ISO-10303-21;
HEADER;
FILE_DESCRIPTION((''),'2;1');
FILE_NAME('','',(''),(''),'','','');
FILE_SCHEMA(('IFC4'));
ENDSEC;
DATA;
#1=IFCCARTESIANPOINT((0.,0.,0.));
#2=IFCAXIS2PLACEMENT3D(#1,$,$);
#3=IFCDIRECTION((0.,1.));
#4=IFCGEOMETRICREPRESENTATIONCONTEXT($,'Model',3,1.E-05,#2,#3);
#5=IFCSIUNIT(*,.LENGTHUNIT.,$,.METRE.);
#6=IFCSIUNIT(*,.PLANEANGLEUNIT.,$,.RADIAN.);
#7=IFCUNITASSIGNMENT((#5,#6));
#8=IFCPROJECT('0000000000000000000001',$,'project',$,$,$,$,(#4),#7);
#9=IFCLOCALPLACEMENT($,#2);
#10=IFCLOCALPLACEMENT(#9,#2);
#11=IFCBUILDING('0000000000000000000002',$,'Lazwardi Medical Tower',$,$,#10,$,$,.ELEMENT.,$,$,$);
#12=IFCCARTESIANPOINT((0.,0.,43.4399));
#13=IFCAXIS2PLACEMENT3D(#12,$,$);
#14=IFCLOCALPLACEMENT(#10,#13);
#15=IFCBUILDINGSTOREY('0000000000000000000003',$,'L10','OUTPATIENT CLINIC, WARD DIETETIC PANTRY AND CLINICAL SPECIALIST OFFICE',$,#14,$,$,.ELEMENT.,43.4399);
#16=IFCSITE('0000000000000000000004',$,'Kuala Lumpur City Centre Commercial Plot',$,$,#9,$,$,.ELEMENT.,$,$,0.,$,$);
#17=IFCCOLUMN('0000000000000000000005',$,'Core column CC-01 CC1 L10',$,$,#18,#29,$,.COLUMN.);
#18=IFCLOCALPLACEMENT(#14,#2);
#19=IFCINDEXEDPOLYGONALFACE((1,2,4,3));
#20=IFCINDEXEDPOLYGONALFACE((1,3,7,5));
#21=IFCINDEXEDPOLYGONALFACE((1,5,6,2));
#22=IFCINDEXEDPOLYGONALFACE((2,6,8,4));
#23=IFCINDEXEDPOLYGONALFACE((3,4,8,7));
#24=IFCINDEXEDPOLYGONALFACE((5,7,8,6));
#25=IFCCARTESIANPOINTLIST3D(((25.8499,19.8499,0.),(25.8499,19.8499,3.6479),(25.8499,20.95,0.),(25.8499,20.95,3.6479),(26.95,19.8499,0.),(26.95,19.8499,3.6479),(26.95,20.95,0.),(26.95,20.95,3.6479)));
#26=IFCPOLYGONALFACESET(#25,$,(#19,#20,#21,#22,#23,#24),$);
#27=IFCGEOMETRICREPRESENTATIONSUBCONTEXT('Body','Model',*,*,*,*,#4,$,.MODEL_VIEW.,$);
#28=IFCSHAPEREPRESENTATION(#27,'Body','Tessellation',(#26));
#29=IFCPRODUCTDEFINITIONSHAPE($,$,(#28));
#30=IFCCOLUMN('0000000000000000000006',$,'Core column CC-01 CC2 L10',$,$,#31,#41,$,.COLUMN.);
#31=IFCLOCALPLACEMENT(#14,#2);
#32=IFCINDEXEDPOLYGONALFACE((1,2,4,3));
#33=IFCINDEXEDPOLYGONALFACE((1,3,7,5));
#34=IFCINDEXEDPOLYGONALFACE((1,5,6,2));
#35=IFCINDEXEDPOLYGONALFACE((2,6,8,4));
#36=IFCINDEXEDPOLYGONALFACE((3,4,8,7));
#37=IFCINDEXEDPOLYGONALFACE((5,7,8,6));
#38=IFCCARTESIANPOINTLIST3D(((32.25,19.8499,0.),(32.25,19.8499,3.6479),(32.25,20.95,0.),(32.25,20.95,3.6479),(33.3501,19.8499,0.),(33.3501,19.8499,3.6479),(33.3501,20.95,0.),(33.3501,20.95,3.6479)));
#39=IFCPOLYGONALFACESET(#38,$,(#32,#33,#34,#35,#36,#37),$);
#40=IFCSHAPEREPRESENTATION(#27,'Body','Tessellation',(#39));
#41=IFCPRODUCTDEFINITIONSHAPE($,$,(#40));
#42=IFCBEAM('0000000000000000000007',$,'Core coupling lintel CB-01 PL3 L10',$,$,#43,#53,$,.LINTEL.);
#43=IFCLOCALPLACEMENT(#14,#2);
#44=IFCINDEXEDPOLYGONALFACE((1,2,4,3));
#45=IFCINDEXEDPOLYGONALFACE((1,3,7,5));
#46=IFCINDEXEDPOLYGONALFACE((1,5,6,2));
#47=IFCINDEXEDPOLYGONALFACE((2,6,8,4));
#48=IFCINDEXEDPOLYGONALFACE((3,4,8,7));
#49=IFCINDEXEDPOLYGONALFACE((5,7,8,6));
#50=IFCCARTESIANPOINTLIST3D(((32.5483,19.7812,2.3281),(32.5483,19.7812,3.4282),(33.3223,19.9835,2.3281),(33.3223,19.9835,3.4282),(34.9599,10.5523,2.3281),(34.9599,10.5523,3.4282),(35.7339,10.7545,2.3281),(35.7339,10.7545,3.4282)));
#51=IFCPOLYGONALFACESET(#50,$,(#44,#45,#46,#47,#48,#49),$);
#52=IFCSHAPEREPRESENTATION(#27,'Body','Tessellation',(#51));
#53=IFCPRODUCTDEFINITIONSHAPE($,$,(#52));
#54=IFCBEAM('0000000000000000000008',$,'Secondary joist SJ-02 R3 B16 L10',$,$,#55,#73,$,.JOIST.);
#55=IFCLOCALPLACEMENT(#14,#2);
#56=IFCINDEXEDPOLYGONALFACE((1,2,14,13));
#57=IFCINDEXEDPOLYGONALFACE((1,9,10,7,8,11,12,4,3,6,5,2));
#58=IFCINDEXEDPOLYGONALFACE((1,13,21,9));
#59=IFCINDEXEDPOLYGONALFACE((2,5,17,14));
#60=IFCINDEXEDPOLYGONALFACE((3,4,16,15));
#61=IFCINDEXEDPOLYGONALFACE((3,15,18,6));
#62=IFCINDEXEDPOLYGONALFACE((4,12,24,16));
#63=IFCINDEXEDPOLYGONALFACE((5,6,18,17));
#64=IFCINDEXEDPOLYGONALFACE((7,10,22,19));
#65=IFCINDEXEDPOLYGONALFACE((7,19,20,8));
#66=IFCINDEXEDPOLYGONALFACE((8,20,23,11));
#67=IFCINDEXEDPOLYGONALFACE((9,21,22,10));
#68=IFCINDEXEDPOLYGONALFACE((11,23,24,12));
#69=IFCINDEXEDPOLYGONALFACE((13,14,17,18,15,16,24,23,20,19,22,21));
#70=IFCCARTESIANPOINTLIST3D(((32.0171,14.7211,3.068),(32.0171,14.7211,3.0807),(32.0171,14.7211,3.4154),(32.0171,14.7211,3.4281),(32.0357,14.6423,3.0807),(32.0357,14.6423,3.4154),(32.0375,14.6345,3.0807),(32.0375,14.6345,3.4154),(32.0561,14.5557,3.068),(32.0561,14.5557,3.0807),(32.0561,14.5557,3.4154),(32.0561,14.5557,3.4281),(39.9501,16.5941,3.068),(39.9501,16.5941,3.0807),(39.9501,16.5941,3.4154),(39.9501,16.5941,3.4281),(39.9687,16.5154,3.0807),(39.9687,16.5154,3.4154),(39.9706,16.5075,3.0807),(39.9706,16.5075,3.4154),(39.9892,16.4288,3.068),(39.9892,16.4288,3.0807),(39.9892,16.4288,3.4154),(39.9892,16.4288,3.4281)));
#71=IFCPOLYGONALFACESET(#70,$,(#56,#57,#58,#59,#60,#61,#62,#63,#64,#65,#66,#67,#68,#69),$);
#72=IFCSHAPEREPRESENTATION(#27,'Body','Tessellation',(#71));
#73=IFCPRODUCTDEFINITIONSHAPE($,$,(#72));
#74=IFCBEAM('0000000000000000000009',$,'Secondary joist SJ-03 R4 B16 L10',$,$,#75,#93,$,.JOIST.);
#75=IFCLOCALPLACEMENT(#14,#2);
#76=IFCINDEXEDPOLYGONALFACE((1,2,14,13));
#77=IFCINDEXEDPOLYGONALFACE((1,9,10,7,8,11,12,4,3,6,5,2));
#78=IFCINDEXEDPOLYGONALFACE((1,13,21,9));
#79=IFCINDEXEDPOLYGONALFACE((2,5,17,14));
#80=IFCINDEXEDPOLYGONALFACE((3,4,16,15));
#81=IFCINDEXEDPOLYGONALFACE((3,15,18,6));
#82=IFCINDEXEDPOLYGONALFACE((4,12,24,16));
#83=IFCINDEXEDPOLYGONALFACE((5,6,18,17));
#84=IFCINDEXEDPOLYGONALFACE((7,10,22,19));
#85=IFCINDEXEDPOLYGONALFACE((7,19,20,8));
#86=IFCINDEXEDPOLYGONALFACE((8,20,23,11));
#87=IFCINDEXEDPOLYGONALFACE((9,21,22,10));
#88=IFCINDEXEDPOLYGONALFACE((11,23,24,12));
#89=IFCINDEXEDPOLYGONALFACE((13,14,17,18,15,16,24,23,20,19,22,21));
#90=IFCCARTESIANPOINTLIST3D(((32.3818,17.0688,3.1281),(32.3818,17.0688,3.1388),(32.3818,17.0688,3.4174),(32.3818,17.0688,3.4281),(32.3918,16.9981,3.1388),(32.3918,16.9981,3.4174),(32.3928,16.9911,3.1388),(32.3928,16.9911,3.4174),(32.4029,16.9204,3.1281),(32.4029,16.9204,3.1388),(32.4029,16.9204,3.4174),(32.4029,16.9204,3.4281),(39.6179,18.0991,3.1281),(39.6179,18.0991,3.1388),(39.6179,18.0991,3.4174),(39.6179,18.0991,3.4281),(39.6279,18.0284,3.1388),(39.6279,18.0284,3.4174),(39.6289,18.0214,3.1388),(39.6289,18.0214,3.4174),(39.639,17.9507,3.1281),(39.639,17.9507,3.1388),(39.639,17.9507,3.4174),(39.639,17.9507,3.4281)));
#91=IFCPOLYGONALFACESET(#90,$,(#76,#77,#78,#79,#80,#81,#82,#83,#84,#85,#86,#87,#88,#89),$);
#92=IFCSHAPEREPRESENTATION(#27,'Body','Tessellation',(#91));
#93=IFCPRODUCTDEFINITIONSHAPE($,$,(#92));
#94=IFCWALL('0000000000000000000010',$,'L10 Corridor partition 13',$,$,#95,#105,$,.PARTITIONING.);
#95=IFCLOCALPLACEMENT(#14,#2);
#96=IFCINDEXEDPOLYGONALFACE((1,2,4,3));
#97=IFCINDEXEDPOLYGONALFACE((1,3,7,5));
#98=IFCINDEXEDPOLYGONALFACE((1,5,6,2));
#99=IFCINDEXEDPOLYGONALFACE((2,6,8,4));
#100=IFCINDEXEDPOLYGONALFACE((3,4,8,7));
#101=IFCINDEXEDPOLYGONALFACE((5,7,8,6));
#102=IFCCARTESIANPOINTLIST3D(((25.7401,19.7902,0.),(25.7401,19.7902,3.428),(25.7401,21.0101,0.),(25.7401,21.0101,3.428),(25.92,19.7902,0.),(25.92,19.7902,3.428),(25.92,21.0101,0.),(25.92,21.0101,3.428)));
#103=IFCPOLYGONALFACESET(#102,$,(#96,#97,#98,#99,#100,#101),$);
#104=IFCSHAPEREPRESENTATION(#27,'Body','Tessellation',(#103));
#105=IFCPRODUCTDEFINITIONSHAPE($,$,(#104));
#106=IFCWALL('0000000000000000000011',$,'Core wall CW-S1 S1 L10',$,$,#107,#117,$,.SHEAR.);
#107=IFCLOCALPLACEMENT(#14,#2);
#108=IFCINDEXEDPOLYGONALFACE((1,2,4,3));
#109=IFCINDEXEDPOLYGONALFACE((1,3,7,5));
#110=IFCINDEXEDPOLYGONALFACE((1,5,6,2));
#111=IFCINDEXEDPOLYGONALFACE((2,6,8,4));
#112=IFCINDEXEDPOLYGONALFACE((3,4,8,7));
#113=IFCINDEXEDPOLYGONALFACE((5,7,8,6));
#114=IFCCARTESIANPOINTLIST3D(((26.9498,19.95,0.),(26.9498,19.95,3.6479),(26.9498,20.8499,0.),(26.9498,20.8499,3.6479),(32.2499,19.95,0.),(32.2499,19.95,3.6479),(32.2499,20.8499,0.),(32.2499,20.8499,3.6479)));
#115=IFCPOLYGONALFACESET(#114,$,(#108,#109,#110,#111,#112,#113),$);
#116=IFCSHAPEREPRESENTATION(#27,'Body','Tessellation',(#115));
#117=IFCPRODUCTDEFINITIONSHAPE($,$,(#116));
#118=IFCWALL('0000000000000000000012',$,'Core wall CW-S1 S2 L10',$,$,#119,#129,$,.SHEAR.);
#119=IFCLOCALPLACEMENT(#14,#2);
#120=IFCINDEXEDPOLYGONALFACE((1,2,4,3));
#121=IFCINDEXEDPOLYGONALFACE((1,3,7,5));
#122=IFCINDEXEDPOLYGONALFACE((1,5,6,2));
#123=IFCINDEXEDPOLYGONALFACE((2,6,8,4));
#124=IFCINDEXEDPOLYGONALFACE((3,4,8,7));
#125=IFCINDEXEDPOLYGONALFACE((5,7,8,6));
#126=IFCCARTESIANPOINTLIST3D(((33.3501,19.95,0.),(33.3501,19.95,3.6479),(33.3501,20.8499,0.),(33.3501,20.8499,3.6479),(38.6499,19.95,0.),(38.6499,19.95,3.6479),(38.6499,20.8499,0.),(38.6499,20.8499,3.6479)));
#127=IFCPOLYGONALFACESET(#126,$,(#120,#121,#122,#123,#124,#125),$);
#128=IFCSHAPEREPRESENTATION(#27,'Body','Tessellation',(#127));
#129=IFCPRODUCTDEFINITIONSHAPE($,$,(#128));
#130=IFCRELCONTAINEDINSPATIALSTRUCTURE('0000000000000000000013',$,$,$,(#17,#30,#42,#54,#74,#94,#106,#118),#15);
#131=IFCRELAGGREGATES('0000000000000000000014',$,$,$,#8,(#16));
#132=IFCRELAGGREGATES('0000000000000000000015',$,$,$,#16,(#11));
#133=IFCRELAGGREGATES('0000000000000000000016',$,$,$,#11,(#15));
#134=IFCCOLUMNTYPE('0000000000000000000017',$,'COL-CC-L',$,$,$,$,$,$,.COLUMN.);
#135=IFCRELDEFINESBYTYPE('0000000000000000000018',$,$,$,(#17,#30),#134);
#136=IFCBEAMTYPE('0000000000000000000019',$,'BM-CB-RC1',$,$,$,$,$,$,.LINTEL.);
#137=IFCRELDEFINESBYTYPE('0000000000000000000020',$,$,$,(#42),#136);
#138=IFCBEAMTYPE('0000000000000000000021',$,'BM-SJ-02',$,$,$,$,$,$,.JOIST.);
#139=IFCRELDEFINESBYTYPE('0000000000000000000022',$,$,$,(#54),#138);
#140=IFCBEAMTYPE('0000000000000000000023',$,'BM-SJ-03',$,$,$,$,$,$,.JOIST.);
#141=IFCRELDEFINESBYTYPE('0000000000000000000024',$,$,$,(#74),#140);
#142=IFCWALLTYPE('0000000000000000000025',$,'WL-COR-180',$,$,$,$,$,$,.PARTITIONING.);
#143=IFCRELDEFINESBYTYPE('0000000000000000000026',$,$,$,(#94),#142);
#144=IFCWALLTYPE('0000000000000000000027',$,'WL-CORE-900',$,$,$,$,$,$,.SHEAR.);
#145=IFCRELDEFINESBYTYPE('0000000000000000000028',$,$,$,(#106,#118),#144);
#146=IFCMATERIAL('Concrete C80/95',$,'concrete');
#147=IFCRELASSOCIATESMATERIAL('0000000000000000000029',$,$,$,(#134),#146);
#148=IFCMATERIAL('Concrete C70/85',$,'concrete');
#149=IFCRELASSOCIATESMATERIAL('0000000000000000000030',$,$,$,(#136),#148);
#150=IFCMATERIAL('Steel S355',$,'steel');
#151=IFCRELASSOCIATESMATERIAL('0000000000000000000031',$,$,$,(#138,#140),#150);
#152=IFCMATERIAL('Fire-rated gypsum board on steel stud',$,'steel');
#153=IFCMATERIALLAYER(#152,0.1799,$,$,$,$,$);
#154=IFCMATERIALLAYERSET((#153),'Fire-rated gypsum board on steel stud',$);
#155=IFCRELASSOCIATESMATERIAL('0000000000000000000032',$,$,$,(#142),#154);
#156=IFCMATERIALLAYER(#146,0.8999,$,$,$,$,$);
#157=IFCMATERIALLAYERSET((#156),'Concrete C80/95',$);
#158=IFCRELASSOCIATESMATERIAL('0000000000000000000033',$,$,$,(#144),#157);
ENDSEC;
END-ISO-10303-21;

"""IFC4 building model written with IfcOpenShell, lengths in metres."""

from ifc_helpers import new_model, si_unit, direction, frame, frame_2d, origin, origin_2d, place, context, subcontext, project, spatial, rectangle, i_section, extrude, material, layer, layer_set, material_profile, profile_set, type_object, element, save


model = new_model("IFC4")

# Units and contexts
model_context = context("Model", 3, precision=1e-05, world=origin(), true_north=direction((0.0, 1.0)))
body_context = subcontext(model_context, "Body", "Model", "MODEL_VIEW")
ifc_project = project(units=[si_unit("LENGTHUNIT", "METRE"), si_unit("PLANEANGLEUNIT", "RADIAN")], contexts=[model_context])

# Site, building, storey
site_placement = place(None, origin())
site = spatial("IfcSite", under=ifc_project, at=site_placement, Name="Kuala Lumpur City Centre Commercial Plot", CompositionType="ELEMENT", RefElevation=0.0)
building_placement = place(site_placement, origin())
building = spatial("IfcBuilding", under=site, at=building_placement, Name="Lazwardi Medical Tower", CompositionType="ELEMENT")
storey_placement = place(building_placement, frame((0.0, 0.0, 43.4399)))
storey = spatial("IfcBuildingStorey", under=building, at=storey_placement, Name="L10", Description="OUTPATIENT CLINIC, WARD DIETETIC PANTRY AND CLINICAL SPECIALIST OFFICE", CompositionType="ELEMENT", Elevation=43.4399)

# Columns
ifc_material_1 = material(Name="Concrete C80/95", Category="concrete")
ifc_material_profile_1 = material_profile(ifc_material_1, rectangle(XDim=1.1001, YDim=1.1001, at=origin_2d()), Name="RC 1100x1100")
ifc_profile_set_1 = profile_set([ifc_material_profile_1], Name="Concrete C80/95")
column_type = type_object("IfcColumnType", Name="COL-CC-L", PredefinedType="COLUMN", material=ifc_profile_set_1)
for number, where, z_axis, x_axis, name in (
    (1, (26.3999, 20.3999, 0.0), (0.0, 0.0, 1.0), (1.0, 0.0, 0.0), "Core column CC-01 CC1 L10"),
    (2, (32.8, 20.3999, 0.0), (0.0, 0.0, 1.0), (1.0, 0.0, 0.0), "Core column CC-01 CC2 L10"),
):
    element("IfcColumn", number, at=place(storey_placement, frame(where, z_axis=z_axis, x_axis=x_axis)), inside=storey, type_object=column_type, Name=name, PredefinedType="COLUMN", context=body_context, shape_type="SweptSolid", body=[
        extrude(rectangle(XDim=1.1001, YDim=1.1001, at=origin_2d()), origin(), (0.0, 0.0, 1.0), 3.6479),
    ])

# Beams
ifc_material_2 = material(Name="Concrete C70/85", Category="concrete")
ifc_material_profile_2 = material_profile(ifc_material_2, rectangle(XDim=0.8, YDim=1.1001, at=origin_2d()), Name="RC 800x1100")
ifc_profile_set_2 = profile_set([ifc_material_profile_2], Name="Concrete C70/85")
beam_type_1 = type_object("IfcBeamType", Name="BM-CB-RC1", PredefinedType="LINTEL", material=ifc_profile_set_2)
beam_1_placement = place(storey_placement, frame((32.9353, 19.8823, 2.8782), z_axis=(0.25282, -0.967513, 0.0), x_axis=(0.967513, 0.25282, 0.0)))
element("IfcBeam", 3, at=beam_1_placement, inside=storey, type_object=beam_type_1, Name="Core coupling lintel CB-01 PL3 L10", PredefinedType="LINTEL", context=body_context, shape_type="SweptSolid", body=[
    extrude(rectangle(XDim=0.8, YDim=1.1001, at=origin_2d()), origin(), (0.0, 0.0, 1.0), 9.5388),
])
ifc_material_3 = material(Name="Steel S355", Category="steel")
ifc_material_profile_3 = material_profile(ifc_material_3, i_section(OverallWidth=0.1699, OverallDepth=0.3601, WebThickness=0.0081, FlangeThickness=0.0127, at=origin_2d()), Name="IPE 360")
ifc_profile_set_3 = profile_set([ifc_material_profile_3], Name="Steel S355")
beam_type_2 = type_object("IfcBeamType", Name="BM-SJ-02", PredefinedType="JOIST", material=ifc_profile_set_3)
beam_2_placement = place(storey_placement, frame((32.0366, 14.6384, 3.248), z_axis=(0.973241, 0.229787, 0.0), x_axis=(-0.229787, 0.973241, 0.0)))
element("IfcBeam", 4, at=beam_2_placement, inside=storey, type_object=beam_type_2, Name="Secondary joist SJ-02 R3 B16 L10", PredefinedType="JOIST", context=body_context, shape_type="SweptSolid", body=[
    extrude(i_section(OverallWidth=0.1699, OverallDepth=0.3601, WebThickness=0.0081, FlangeThickness=0.0127, at=origin_2d()), origin(), (0.0, 0.0, 1.0), 8.1511),
])
ifc_material_profile_4 = material_profile(ifc_material_3, i_section(OverallWidth=0.1499, OverallDepth=0.3, WebThickness=0.0071, FlangeThickness=0.0107, at=origin_2d()), Name="IPE 300")
ifc_profile_set_4 = profile_set([ifc_material_profile_4], Name="Steel S355")
beam_type_3 = type_object("IfcBeamType", Name="BM-SJ-03", PredefinedType="JOIST", material=ifc_profile_set_4)
beam_3_placement = place(storey_placement, frame((32.3923, 16.9946, 3.2781), z_axis=(0.990016, 0.140958, 0.0), x_axis=(-0.140958, 0.990016, 0.0)))
element("IfcBeam", 5, at=beam_3_placement, inside=storey, type_object=beam_type_3, Name="Secondary joist SJ-03 R4 B16 L10", PredefinedType="JOIST", context=body_context, shape_type="SweptSolid", body=[
    extrude(i_section(OverallWidth=0.1499, OverallDepth=0.3, WebThickness=0.0071, FlangeThickness=0.0107, at=origin_2d()), origin(), (0.0, 0.0, 1.0), 7.3091),
])

# Wall
ifc_material_4 = material(Name="Fire-rated gypsum board on steel stud", Category="steel")
ifc_layer_1 = layer(ifc_material_4, 0.1799)
ifc_layer_set_1 = layer_set([ifc_layer_1], Name="Fire-rated gypsum board on steel stud")
wall_type_1 = type_object("IfcWallType", Name="WL-COR-180", PredefinedType="PARTITIONING", material=ifc_layer_set_1)
wall_1_placement = place(storey_placement, frame((25.8301, 21.01, 0.0), z_axis=(0.0, 0.0, 1.0), x_axis=(0.0, -1.0, 0.0)))
element("IfcWall", 6, at=wall_1_placement, inside=storey, type_object=wall_type_1, Name="L10 Corridor partition 13", PredefinedType="PARTITIONING", context=body_context, shape_type="SweptSolid", body=[
    extrude(rectangle(XDim=1.22, YDim=0.1799, at=frame_2d((0.6099, 0.0))), origin(), (0.0, 0.0, 1.0), 3.428),
])

# Shared definitions
ifc_layer_2 = layer(ifc_material_1, 0.8999)
ifc_layer_set_2 = layer_set([ifc_layer_2], Name="Concrete C80/95")
wall_type_2 = type_object("IfcWallType", Name="WL-CORE-900", PredefinedType="SHEAR", material=ifc_layer_set_2)

# Walls
wall_2_placement = place(storey_placement, frame((26.95, 20.3999, 0.0), z_axis=(0.0, 0.0, 1.0), x_axis=(1.0, 0.0, 0.0)))
element("IfcWall", 7, at=wall_2_placement, inside=storey, type_object=wall_type_2, Name="Core wall CW-S1 S1 L10", PredefinedType="SHEAR", context=body_context, shape_type="SweptSolid", body=[
    extrude(rectangle(XDim=5.3, YDim=0.8999, at=frame_2d((2.6499, 0.0))), origin(), (0.0, 0.0, 1.0), 3.6479),
])
wall_3_placement = place(storey_placement, frame((33.3501, 20.3999, 0.0), z_axis=(0.0, 0.0, 1.0), x_axis=(1.0, 0.0, 0.0)))
element("IfcWall", 8, at=wall_3_placement, inside=storey, type_object=wall_type_2, Name="Core wall CW-S1 S2 L10", PredefinedType="SHEAR", context=body_context, shape_type="SweptSolid", body=[
    extrude(rectangle(XDim=5.2998, YDim=0.8999, at=frame_2d((2.6499, 0.0))), origin(), (0.0, 0.0, 1.0), 3.6479),
])

save(model, "model.ifc")
